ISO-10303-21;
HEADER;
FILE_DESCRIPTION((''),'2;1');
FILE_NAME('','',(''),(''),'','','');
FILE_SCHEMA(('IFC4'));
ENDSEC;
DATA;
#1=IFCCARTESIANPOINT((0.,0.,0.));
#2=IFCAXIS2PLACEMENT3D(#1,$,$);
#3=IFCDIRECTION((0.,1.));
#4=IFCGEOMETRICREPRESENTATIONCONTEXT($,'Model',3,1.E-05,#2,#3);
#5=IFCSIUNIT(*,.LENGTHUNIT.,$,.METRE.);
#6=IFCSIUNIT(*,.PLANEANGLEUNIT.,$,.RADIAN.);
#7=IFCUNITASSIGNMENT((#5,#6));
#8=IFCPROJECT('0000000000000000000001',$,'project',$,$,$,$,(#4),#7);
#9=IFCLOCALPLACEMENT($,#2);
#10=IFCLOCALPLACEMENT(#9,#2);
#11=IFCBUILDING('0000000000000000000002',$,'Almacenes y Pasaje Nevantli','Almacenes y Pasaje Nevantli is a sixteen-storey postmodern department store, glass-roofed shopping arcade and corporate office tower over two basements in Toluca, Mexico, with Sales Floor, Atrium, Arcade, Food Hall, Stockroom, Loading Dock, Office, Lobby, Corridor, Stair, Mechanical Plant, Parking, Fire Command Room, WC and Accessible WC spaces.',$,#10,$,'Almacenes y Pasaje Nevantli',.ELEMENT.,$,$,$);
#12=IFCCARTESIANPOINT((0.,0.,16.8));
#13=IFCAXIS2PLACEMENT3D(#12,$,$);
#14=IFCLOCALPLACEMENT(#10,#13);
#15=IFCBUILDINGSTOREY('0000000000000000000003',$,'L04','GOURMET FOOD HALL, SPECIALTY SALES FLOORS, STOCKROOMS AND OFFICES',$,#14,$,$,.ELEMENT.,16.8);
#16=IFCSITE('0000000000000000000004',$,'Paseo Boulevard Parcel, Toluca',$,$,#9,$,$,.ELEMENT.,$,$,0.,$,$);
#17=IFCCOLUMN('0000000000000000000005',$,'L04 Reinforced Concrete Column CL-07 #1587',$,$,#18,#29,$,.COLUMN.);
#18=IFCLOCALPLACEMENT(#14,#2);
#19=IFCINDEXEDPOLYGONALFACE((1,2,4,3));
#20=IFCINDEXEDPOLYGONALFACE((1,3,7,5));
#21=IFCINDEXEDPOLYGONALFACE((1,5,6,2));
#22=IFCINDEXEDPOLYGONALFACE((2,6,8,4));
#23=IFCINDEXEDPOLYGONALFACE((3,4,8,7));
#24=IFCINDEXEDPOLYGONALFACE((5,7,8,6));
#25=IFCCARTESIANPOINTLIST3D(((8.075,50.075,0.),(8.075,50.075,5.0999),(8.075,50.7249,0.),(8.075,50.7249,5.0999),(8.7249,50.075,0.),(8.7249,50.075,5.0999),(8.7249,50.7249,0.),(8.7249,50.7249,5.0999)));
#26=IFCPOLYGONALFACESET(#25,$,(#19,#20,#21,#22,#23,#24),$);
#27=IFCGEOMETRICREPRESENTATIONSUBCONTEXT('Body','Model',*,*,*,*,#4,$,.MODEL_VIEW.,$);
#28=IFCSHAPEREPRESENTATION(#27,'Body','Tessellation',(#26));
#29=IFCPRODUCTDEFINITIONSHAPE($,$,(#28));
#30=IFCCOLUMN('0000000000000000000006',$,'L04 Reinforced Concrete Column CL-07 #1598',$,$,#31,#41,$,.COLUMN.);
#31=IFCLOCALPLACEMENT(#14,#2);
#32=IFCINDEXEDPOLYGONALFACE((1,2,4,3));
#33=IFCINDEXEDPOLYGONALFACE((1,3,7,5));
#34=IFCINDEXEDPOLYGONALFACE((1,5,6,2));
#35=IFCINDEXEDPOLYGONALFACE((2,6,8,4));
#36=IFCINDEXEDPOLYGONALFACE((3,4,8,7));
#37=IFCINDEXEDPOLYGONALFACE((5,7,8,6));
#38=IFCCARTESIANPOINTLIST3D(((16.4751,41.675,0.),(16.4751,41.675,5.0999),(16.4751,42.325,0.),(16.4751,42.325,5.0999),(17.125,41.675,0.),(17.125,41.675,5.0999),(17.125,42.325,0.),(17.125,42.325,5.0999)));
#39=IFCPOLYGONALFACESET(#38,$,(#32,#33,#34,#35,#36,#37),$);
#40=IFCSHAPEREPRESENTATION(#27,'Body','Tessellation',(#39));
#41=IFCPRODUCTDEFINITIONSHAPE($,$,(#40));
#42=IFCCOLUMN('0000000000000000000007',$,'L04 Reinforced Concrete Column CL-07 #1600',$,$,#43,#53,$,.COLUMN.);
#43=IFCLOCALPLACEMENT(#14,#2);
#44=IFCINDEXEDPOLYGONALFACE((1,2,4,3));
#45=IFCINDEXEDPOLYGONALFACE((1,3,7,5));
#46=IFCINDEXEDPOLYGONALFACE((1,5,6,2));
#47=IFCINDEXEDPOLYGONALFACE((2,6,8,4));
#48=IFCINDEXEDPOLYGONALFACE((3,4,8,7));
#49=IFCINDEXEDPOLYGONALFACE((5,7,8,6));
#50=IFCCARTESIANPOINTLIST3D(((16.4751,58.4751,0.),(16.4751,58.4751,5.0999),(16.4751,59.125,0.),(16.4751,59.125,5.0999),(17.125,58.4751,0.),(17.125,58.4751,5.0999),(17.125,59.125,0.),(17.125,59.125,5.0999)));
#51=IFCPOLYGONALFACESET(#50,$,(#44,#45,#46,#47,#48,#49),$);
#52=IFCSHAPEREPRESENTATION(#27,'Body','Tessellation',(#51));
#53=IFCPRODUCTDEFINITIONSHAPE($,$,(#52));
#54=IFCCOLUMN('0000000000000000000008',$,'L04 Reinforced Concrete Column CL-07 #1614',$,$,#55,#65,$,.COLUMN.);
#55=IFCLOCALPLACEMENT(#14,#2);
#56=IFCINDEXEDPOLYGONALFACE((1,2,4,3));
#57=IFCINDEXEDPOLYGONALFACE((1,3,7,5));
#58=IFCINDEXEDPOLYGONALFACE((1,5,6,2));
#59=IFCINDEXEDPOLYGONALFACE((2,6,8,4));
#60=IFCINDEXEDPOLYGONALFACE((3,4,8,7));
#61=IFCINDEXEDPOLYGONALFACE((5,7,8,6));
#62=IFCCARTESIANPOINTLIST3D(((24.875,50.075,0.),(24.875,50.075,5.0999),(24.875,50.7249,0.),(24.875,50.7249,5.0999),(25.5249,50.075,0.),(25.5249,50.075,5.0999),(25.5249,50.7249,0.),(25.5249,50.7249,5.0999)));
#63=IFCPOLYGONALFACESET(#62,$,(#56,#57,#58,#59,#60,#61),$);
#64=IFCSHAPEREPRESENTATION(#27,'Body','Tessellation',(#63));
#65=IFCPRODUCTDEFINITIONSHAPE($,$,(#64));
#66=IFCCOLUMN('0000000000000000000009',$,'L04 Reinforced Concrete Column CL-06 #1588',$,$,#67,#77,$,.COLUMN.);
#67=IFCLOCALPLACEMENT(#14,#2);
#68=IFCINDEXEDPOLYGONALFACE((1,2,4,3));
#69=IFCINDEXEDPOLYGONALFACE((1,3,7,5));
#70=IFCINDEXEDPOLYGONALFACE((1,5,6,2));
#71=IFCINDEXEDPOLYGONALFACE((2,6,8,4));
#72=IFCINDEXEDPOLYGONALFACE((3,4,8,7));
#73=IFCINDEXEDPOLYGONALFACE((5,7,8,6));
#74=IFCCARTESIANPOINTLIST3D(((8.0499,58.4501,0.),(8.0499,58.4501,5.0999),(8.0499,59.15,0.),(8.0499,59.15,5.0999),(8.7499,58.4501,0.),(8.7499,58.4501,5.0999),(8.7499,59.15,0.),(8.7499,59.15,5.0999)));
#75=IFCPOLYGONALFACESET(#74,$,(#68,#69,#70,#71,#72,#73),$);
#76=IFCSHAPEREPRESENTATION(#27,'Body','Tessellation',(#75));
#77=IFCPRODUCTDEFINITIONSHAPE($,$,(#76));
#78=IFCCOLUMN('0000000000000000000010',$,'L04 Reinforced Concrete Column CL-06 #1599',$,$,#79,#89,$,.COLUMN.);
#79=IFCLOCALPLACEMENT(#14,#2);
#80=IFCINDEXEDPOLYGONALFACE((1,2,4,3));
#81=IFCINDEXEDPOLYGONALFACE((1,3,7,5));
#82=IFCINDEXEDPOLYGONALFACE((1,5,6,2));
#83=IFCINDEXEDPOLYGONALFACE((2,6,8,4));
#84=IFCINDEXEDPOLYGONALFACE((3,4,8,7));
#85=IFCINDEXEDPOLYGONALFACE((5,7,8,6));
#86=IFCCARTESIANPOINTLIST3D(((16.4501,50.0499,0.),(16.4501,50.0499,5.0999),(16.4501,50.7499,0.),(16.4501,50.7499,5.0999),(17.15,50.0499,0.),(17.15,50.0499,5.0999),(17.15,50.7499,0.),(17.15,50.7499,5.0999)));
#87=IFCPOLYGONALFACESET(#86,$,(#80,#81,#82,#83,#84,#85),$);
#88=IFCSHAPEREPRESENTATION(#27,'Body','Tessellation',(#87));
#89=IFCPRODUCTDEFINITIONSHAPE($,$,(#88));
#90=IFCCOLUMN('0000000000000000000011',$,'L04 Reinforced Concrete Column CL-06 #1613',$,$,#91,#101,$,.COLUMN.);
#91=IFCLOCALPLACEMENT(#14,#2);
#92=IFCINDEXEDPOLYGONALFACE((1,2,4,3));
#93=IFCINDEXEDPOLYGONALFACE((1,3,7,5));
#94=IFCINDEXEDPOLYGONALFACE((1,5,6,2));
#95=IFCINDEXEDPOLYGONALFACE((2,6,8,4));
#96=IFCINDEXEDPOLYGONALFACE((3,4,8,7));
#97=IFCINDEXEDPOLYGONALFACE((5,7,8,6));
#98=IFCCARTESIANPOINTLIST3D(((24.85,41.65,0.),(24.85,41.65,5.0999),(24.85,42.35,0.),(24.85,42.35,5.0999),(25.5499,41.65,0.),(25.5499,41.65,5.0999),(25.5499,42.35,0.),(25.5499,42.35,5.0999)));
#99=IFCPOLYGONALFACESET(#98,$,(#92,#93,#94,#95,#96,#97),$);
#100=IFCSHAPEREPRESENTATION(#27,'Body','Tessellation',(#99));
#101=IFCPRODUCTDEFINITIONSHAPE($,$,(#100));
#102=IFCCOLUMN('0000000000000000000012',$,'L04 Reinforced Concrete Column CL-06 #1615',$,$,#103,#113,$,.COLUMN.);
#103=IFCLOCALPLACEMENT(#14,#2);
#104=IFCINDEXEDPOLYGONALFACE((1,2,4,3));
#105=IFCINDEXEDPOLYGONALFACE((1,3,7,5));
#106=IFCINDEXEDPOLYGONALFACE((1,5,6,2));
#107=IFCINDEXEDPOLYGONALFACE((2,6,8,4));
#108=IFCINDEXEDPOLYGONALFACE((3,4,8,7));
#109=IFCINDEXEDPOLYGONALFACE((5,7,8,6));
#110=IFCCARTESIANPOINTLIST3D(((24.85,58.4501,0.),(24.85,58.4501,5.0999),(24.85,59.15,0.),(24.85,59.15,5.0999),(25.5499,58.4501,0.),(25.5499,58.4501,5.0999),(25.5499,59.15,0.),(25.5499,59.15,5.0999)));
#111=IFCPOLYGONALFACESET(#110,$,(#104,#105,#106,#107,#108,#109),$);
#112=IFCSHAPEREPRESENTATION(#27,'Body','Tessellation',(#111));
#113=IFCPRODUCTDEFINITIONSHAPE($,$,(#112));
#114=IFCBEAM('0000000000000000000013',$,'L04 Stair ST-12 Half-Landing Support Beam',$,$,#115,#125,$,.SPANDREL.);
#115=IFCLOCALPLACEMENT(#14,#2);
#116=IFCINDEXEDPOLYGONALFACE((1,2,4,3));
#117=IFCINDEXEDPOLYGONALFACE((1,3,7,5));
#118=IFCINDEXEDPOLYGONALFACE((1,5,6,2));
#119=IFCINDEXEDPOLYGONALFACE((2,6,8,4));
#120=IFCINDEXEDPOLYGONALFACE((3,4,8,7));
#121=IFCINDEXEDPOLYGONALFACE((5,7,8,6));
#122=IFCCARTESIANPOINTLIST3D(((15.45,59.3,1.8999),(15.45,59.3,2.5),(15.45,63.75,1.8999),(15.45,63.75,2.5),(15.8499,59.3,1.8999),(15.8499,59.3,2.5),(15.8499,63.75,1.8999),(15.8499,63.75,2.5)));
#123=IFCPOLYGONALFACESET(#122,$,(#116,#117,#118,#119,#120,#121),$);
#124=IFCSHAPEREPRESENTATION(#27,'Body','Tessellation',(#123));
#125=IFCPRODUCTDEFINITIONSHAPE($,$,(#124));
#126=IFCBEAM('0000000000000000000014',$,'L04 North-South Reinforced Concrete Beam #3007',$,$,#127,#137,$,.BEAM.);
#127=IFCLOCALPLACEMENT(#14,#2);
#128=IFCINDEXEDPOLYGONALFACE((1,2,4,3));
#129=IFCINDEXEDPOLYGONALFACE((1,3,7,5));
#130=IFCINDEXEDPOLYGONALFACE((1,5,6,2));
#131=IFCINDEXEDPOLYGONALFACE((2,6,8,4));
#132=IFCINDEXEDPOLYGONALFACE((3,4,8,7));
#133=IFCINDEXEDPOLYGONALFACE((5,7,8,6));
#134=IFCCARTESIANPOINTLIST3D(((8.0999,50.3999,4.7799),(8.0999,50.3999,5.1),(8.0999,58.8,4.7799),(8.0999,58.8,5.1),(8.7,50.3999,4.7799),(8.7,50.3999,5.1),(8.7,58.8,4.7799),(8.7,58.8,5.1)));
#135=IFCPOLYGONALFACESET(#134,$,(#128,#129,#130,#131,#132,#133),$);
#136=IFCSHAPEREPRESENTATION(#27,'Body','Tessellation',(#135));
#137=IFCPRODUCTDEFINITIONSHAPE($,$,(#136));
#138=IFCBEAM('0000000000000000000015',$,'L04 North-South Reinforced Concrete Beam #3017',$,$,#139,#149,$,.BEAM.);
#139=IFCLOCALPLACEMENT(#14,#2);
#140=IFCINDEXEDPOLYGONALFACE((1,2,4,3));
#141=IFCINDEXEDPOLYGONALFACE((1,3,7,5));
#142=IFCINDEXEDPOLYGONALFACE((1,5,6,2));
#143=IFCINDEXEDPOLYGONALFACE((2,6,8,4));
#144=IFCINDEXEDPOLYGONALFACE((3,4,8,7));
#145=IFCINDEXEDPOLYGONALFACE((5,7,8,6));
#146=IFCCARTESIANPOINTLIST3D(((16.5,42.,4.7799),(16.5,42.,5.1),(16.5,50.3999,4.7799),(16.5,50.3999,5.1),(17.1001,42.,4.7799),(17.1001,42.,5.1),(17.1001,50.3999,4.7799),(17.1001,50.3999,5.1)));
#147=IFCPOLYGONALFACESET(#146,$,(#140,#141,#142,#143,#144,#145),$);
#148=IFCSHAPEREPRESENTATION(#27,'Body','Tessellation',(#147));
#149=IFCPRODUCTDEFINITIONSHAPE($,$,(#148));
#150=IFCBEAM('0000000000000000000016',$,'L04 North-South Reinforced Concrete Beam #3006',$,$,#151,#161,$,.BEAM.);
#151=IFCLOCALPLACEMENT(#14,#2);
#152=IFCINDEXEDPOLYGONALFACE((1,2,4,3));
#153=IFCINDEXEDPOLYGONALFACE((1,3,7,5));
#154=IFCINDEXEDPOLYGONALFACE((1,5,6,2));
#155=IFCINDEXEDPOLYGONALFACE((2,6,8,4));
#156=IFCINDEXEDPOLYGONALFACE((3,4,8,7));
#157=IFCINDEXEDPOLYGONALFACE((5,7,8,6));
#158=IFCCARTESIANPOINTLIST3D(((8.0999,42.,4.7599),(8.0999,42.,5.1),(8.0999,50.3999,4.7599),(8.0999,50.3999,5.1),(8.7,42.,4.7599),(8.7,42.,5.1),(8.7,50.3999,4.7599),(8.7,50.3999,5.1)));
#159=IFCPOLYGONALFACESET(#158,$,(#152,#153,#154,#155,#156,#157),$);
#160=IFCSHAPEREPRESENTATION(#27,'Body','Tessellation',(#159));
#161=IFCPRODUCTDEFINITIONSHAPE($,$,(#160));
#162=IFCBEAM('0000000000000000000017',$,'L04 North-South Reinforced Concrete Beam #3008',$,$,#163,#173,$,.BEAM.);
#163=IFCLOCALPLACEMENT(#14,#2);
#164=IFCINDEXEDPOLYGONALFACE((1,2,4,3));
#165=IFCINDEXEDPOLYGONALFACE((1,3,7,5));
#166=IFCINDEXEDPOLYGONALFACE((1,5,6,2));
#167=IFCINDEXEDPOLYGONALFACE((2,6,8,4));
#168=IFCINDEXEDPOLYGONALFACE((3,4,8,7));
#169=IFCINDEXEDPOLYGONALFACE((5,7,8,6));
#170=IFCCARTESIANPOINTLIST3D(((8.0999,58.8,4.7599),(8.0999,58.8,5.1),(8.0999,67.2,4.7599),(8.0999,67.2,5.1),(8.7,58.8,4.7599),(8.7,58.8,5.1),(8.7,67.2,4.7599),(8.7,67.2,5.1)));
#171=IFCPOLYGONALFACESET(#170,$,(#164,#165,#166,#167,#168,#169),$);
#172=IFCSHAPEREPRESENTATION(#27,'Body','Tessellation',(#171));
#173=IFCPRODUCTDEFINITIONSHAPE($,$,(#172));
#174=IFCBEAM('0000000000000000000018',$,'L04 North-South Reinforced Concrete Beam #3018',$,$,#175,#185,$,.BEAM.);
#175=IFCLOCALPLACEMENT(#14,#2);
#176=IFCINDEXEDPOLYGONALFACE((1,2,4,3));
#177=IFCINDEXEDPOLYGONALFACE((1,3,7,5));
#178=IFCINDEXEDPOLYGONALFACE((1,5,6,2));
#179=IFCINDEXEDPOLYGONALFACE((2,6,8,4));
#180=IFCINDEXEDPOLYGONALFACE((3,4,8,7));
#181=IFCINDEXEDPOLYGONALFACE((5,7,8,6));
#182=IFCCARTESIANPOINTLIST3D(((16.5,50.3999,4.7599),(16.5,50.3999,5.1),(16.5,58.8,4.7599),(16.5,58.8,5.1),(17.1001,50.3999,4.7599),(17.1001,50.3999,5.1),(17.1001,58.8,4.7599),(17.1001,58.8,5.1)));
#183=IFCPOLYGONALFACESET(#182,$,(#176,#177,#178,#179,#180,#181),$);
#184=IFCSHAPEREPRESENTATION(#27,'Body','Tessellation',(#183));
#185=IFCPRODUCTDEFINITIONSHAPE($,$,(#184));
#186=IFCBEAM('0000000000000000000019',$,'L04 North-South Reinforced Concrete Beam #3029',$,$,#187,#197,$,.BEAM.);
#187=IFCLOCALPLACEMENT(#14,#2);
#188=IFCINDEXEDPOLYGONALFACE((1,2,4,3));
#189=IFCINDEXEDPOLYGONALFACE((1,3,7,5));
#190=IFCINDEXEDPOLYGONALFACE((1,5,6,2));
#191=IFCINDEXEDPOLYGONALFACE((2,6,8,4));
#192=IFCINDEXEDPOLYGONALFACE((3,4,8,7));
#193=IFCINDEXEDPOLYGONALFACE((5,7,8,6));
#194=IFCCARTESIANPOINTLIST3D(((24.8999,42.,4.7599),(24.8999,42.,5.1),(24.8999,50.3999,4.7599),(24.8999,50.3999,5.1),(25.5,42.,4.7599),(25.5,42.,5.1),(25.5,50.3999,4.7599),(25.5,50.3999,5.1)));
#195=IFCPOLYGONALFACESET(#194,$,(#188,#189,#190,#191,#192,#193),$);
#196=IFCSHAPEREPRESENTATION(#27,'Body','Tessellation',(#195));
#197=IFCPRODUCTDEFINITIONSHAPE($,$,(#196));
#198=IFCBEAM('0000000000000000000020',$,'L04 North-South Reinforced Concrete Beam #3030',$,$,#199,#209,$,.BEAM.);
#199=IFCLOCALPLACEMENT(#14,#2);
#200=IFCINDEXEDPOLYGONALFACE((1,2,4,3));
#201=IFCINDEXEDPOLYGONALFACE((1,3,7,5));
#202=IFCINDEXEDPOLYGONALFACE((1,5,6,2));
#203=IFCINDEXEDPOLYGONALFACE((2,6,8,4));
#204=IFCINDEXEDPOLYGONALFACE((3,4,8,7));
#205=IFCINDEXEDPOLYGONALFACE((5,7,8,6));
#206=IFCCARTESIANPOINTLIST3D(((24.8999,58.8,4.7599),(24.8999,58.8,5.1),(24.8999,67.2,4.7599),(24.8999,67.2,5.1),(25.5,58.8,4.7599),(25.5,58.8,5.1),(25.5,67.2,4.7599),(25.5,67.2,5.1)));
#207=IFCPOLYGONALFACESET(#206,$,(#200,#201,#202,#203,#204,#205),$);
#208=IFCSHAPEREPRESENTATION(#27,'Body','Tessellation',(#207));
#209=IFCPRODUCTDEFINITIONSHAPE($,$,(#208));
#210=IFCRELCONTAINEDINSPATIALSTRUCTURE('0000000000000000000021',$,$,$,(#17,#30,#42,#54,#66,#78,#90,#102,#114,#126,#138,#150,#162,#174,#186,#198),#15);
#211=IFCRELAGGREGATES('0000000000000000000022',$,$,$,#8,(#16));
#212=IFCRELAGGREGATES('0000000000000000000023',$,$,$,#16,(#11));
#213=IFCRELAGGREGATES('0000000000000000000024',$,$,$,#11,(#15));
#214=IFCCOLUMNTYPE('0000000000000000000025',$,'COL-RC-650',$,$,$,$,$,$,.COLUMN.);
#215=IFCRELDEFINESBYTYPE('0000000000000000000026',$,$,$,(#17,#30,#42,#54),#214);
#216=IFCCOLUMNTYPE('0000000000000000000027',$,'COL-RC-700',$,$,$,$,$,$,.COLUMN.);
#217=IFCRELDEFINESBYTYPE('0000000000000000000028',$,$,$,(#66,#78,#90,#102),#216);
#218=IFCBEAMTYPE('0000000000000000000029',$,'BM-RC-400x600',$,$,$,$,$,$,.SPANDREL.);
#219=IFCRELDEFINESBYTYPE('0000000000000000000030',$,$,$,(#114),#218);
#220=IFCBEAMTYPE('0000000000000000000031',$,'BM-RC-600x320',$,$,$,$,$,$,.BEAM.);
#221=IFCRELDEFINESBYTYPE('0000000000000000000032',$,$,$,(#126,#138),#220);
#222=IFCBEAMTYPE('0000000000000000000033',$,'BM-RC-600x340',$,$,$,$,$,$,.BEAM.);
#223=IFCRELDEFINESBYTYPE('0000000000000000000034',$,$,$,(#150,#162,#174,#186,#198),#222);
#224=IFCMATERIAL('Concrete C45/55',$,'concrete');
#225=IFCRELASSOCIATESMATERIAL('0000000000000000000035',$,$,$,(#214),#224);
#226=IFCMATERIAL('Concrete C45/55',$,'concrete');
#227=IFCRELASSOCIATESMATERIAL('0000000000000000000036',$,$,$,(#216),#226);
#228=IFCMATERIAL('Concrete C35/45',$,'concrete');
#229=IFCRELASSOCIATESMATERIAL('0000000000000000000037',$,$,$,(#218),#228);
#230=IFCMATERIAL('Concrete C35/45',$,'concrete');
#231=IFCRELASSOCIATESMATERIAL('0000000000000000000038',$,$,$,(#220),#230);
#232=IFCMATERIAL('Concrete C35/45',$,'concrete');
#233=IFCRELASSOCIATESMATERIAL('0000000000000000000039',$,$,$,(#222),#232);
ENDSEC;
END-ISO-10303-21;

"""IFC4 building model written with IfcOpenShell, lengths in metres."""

from ifc_helpers import new_model, si_unit, direction, frame, origin, origin_2d, place, context, subcontext, project, spatial, rectangle, extrude, material, material_profile, profile_set, type_object, element, save


model = new_model("IFC4")

# Units and contexts
model_context = context("Model", 3, precision=1e-05, world=origin(), true_north=direction((0.0, 1.0)))
body_context = subcontext(model_context, "Body", "Model", "MODEL_VIEW")
ifc_project = project(units=[si_unit("LENGTHUNIT", "METRE"), si_unit("PLANEANGLEUNIT", "RADIAN")], contexts=[model_context])

# Site, building, storey
site_placement = place(None, origin())
site = spatial("IfcSite", under=ifc_project, at=site_placement, Name="Paseo Boulevard Parcel, Toluca", CompositionType="ELEMENT", RefElevation=0.0)
building_placement = place(site_placement, origin())
building = spatial("IfcBuilding", under=site, at=building_placement, Name="Almacenes y Pasaje Nevantli", Description="Almacenes y Pasaje Nevantli is a sixteen-storey postmodern department store, glass-roofed shopping arcade and corporate office tower over two basements in Toluca, Mexico, with Sales Floor, Atrium, Arcade, Food Hall, Stockroom, Loading Dock, Office, Lobby, Corridor, Stair, Mechanical Plant, Parking, Fire Command Room, WC and Accessible WC spaces.", LongName="Almacenes y Pasaje Nevantli", CompositionType="ELEMENT")
storey_placement = place(building_placement, frame((0.0, 0.0, 16.8)))
storey = spatial("IfcBuildingStorey", under=building, at=storey_placement, Name="L04", Description="GOURMET FOOD HALL, SPECIALTY SALES FLOORS, STOCKROOMS AND OFFICES", CompositionType="ELEMENT", Elevation=16.8)

# Columns
ifc_material_1 = material(Name="Concrete C45/55", Category="concrete")
ifc_material_profile_1 = material_profile(ifc_material_1, rectangle(XDim=0.6499, YDim=0.6499, at=origin_2d()), Name="RC-COL-650x650")
ifc_profile_set_1 = profile_set([ifc_material_profile_1], Name="Concrete C45/55")
column_type_1 = type_object("IfcColumnType", Name="COL-RC-650", PredefinedType="COLUMN", material=ifc_profile_set_1)
for number, where, z_axis, x_axis, name in (
    (1, (8.3999, 50.3999, 0.0), (0.0, 0.0, 1.0), (1.0, 0.0, 0.0), "L04 Reinforced Concrete Column CL-07 #1587"),
    (2, (16.8, 42.0, 0.0), (0.0, 0.0, 1.0), (1.0, 0.0, 0.0), "L04 Reinforced Concrete Column CL-07 #1598"),
    (3, (16.8, 58.8, 0.0), (0.0, 0.0, 1.0), (1.0, 0.0, 0.0), "L04 Reinforced Concrete Column CL-07 #1600"),
    (4, (25.2, 50.3999, 0.0), (0.0, 0.0, 1.0), (1.0, 0.0, 0.0), "L04 Reinforced Concrete Column CL-07 #1614"),
):
    element("IfcColumn", number, at=place(storey_placement, frame(where, z_axis=z_axis, x_axis=x_axis)), inside=storey, type_object=column_type_1, Name=name, PredefinedType="COLUMN", context=body_context, shape_type="SweptSolid", body=[
        extrude(rectangle(XDim=0.6499, YDim=0.6499, at=origin_2d()), origin(), (0.0, 0.0, 1.0), 5.0999),
    ])
ifc_material_2 = material(Name="Concrete C45/55", Category="concrete")
ifc_material_profile_2 = material_profile(ifc_material_2, rectangle(XDim=0.7, YDim=0.7, at=origin_2d()), Name="RC-COL-700x700")
ifc_profile_set_2 = profile_set([ifc_material_profile_2], Name="Concrete C45/55")
column_type_2 = type_object("IfcColumnType", Name="COL-RC-700", PredefinedType="COLUMN", material=ifc_profile_set_2)
for number, where, z_axis, x_axis, name in (
    (5, (8.3999, 58.8, 0.0), (0.0, 0.0, 1.0), (1.0, 0.0, 0.0), "L04 Reinforced Concrete Column CL-06 #1588"),
    (6, (16.8, 50.3999, 0.0), (0.0, 0.0, 1.0), (1.0, 0.0, 0.0), "L04 Reinforced Concrete Column CL-06 #1599"),
    (7, (25.2, 42.0, 0.0), (0.0, 0.0, 1.0), (1.0, 0.0, 0.0), "L04 Reinforced Concrete Column CL-06 #1613"),
    (8, (25.2, 58.8, 0.0), (0.0, 0.0, 1.0), (1.0, 0.0, 0.0), "L04 Reinforced Concrete Column CL-06 #1615"),
):
    element("IfcColumn", number, at=place(storey_placement, frame(where, z_axis=z_axis, x_axis=x_axis)), inside=storey, type_object=column_type_2, Name=name, PredefinedType="COLUMN", context=body_context, shape_type="SweptSolid", body=[
        extrude(rectangle(XDim=0.7, YDim=0.7, at=origin_2d()), origin(), (0.0, 0.0, 1.0), 5.0999),
    ])

# Beams
ifc_material_3 = material(Name="Concrete C35/45", Category="concrete")
ifc_material_profile_3 = material_profile(ifc_material_3, rectangle(XDim=0.3999, YDim=0.6001, at=origin_2d()), Name="RC-BM-400x600")
ifc_profile_set_3 = profile_set([ifc_material_profile_3], Name="Concrete C35/45")
beam_type_1 = type_object("IfcBeamType", Name="BM-RC-400x600", PredefinedType="SPANDREL", material=ifc_profile_set_3)
beam_1_placement = place(storey_placement, frame((15.6499, 59.3, 2.2), z_axis=(0.0, 1.0, 0.0), x_axis=(-1.0, 0.0, 0.0)))
element("IfcBeam", 9, at=beam_1_placement, inside=storey, type_object=beam_type_1, Name="L04 Stair ST-12 Half-Landing Support Beam", PredefinedType="SPANDREL", context=body_context, shape_type="SweptSolid", body=[
    extrude(rectangle(XDim=0.3999, YDim=0.6001, at=origin_2d()), origin(), (0.0, 0.0, 1.0), 4.45),
])
ifc_material_4 = material(Name="Concrete C35/45", Category="concrete")
ifc_material_profile_4 = material_profile(ifc_material_4, rectangle(XDim=0.6001, YDim=0.3201, at=origin_2d()), Name="RC-BM-600x320")
ifc_profile_set_4 = profile_set([ifc_material_profile_4], Name="Concrete C35/45")
beam_type_2 = type_object("IfcBeamType", Name="BM-RC-600x320", PredefinedType="BEAM", material=ifc_profile_set_4)
beam_2_placement = place(storey_placement, frame((8.3999, 50.3999, 4.9399), z_axis=(0.0, 1.0, 0.0), x_axis=(-1.0, 0.0, 0.0)))
element("IfcBeam", 10, at=beam_2_placement, inside=storey, type_object=beam_type_2, Name="L04 North-South Reinforced Concrete Beam #3007", PredefinedType="BEAM", context=body_context, shape_type="SweptSolid", body=[
    extrude(rectangle(XDim=0.6001, YDim=0.3201, at=origin_2d()), origin(), (0.0, 0.0, 1.0), 8.4001),
])
beam_3_placement = place(storey_placement, frame((16.8, 42.0, 4.9399), z_axis=(0.0, 1.0, 0.0), x_axis=(-1.0, 0.0, 0.0)))
element("IfcBeam", 11, at=beam_3_placement, inside=storey, type_object=beam_type_2, Name="L04 North-South Reinforced Concrete Beam #3017", PredefinedType="BEAM", context=body_context, shape_type="SweptSolid", body=[
    extrude(rectangle(XDim=0.6001, YDim=0.3201, at=origin_2d()), origin(), (0.0, 0.0, 1.0), 8.3999),
])
ifc_material_5 = material(Name="Concrete C35/45", Category="concrete")
ifc_material_profile_5 = material_profile(ifc_material_5, rectangle(XDim=0.6001, YDim=0.3401, at=origin_2d()), Name="RC-BM-600x340")
ifc_profile_set_5 = profile_set([ifc_material_profile_5], Name="Concrete C35/45")
beam_type_3 = type_object("IfcBeamType", Name="BM-RC-600x340", PredefinedType="BEAM", material=ifc_profile_set_5)
for number, where, z_axis, x_axis, name in (
    (12, (8.3999, 42.0, 4.9299), (0.0, 1.0, 0.0), (-1.0, 0.0, 0.0), "L04 North-South Reinforced Concrete Beam #3006"),
    (13, (8.3999, 58.8, 4.9299), (0.0, 1.0, 0.0), (-1.0, 0.0, 0.0), "L04 North-South Reinforced Concrete Beam #3008"),
):
    element("IfcBeam", number, at=place(storey_placement, frame(where, z_axis=z_axis, x_axis=x_axis)), inside=storey, type_object=beam_type_3, Name=name, PredefinedType="BEAM", context=body_context, shape_type="SweptSolid", body=[
        extrude(rectangle(XDim=0.6001, YDim=0.3401, at=origin_2d()), origin(), (0.0, 0.0, 1.0), 8.3999),
    ])
beam_4_placement = place(storey_placement, frame((16.8, 50.3999, 4.9299), z_axis=(0.0, 1.0, 0.0), x_axis=(-1.0, 0.0, 0.0)))
element("IfcBeam", 14, at=beam_4_placement, inside=storey, type_object=beam_type_3, Name="L04 North-South Reinforced Concrete Beam #3018", PredefinedType="BEAM", context=body_context, shape_type="SweptSolid", body=[
    extrude(rectangle(XDim=0.6001, YDim=0.3401, at=origin_2d()), origin(), (0.0, 0.0, 1.0), 8.4001),
])
for number, where, z_axis, x_axis, name in (
    (15, (25.2, 42.0, 4.9299), (0.0, 1.0, 0.0), (-1.0, 0.0, 0.0), "L04 North-South Reinforced Concrete Beam #3029"),
    (16, (25.2, 58.8, 4.9299), (0.0, 1.0, 0.0), (-1.0, 0.0, 0.0), "L04 North-South Reinforced Concrete Beam #3030"),
):
    element("IfcBeam", number, at=place(storey_placement, frame(where, z_axis=z_axis, x_axis=x_axis)), inside=storey, type_object=beam_type_3, Name=name, PredefinedType="BEAM", context=body_context, shape_type="SweptSolid", body=[
        extrude(rectangle(XDim=0.6001, YDim=0.3401, at=origin_2d()), origin(), (0.0, 0.0, 1.0), 8.3999),
    ])

save(model, "model.ifc")
